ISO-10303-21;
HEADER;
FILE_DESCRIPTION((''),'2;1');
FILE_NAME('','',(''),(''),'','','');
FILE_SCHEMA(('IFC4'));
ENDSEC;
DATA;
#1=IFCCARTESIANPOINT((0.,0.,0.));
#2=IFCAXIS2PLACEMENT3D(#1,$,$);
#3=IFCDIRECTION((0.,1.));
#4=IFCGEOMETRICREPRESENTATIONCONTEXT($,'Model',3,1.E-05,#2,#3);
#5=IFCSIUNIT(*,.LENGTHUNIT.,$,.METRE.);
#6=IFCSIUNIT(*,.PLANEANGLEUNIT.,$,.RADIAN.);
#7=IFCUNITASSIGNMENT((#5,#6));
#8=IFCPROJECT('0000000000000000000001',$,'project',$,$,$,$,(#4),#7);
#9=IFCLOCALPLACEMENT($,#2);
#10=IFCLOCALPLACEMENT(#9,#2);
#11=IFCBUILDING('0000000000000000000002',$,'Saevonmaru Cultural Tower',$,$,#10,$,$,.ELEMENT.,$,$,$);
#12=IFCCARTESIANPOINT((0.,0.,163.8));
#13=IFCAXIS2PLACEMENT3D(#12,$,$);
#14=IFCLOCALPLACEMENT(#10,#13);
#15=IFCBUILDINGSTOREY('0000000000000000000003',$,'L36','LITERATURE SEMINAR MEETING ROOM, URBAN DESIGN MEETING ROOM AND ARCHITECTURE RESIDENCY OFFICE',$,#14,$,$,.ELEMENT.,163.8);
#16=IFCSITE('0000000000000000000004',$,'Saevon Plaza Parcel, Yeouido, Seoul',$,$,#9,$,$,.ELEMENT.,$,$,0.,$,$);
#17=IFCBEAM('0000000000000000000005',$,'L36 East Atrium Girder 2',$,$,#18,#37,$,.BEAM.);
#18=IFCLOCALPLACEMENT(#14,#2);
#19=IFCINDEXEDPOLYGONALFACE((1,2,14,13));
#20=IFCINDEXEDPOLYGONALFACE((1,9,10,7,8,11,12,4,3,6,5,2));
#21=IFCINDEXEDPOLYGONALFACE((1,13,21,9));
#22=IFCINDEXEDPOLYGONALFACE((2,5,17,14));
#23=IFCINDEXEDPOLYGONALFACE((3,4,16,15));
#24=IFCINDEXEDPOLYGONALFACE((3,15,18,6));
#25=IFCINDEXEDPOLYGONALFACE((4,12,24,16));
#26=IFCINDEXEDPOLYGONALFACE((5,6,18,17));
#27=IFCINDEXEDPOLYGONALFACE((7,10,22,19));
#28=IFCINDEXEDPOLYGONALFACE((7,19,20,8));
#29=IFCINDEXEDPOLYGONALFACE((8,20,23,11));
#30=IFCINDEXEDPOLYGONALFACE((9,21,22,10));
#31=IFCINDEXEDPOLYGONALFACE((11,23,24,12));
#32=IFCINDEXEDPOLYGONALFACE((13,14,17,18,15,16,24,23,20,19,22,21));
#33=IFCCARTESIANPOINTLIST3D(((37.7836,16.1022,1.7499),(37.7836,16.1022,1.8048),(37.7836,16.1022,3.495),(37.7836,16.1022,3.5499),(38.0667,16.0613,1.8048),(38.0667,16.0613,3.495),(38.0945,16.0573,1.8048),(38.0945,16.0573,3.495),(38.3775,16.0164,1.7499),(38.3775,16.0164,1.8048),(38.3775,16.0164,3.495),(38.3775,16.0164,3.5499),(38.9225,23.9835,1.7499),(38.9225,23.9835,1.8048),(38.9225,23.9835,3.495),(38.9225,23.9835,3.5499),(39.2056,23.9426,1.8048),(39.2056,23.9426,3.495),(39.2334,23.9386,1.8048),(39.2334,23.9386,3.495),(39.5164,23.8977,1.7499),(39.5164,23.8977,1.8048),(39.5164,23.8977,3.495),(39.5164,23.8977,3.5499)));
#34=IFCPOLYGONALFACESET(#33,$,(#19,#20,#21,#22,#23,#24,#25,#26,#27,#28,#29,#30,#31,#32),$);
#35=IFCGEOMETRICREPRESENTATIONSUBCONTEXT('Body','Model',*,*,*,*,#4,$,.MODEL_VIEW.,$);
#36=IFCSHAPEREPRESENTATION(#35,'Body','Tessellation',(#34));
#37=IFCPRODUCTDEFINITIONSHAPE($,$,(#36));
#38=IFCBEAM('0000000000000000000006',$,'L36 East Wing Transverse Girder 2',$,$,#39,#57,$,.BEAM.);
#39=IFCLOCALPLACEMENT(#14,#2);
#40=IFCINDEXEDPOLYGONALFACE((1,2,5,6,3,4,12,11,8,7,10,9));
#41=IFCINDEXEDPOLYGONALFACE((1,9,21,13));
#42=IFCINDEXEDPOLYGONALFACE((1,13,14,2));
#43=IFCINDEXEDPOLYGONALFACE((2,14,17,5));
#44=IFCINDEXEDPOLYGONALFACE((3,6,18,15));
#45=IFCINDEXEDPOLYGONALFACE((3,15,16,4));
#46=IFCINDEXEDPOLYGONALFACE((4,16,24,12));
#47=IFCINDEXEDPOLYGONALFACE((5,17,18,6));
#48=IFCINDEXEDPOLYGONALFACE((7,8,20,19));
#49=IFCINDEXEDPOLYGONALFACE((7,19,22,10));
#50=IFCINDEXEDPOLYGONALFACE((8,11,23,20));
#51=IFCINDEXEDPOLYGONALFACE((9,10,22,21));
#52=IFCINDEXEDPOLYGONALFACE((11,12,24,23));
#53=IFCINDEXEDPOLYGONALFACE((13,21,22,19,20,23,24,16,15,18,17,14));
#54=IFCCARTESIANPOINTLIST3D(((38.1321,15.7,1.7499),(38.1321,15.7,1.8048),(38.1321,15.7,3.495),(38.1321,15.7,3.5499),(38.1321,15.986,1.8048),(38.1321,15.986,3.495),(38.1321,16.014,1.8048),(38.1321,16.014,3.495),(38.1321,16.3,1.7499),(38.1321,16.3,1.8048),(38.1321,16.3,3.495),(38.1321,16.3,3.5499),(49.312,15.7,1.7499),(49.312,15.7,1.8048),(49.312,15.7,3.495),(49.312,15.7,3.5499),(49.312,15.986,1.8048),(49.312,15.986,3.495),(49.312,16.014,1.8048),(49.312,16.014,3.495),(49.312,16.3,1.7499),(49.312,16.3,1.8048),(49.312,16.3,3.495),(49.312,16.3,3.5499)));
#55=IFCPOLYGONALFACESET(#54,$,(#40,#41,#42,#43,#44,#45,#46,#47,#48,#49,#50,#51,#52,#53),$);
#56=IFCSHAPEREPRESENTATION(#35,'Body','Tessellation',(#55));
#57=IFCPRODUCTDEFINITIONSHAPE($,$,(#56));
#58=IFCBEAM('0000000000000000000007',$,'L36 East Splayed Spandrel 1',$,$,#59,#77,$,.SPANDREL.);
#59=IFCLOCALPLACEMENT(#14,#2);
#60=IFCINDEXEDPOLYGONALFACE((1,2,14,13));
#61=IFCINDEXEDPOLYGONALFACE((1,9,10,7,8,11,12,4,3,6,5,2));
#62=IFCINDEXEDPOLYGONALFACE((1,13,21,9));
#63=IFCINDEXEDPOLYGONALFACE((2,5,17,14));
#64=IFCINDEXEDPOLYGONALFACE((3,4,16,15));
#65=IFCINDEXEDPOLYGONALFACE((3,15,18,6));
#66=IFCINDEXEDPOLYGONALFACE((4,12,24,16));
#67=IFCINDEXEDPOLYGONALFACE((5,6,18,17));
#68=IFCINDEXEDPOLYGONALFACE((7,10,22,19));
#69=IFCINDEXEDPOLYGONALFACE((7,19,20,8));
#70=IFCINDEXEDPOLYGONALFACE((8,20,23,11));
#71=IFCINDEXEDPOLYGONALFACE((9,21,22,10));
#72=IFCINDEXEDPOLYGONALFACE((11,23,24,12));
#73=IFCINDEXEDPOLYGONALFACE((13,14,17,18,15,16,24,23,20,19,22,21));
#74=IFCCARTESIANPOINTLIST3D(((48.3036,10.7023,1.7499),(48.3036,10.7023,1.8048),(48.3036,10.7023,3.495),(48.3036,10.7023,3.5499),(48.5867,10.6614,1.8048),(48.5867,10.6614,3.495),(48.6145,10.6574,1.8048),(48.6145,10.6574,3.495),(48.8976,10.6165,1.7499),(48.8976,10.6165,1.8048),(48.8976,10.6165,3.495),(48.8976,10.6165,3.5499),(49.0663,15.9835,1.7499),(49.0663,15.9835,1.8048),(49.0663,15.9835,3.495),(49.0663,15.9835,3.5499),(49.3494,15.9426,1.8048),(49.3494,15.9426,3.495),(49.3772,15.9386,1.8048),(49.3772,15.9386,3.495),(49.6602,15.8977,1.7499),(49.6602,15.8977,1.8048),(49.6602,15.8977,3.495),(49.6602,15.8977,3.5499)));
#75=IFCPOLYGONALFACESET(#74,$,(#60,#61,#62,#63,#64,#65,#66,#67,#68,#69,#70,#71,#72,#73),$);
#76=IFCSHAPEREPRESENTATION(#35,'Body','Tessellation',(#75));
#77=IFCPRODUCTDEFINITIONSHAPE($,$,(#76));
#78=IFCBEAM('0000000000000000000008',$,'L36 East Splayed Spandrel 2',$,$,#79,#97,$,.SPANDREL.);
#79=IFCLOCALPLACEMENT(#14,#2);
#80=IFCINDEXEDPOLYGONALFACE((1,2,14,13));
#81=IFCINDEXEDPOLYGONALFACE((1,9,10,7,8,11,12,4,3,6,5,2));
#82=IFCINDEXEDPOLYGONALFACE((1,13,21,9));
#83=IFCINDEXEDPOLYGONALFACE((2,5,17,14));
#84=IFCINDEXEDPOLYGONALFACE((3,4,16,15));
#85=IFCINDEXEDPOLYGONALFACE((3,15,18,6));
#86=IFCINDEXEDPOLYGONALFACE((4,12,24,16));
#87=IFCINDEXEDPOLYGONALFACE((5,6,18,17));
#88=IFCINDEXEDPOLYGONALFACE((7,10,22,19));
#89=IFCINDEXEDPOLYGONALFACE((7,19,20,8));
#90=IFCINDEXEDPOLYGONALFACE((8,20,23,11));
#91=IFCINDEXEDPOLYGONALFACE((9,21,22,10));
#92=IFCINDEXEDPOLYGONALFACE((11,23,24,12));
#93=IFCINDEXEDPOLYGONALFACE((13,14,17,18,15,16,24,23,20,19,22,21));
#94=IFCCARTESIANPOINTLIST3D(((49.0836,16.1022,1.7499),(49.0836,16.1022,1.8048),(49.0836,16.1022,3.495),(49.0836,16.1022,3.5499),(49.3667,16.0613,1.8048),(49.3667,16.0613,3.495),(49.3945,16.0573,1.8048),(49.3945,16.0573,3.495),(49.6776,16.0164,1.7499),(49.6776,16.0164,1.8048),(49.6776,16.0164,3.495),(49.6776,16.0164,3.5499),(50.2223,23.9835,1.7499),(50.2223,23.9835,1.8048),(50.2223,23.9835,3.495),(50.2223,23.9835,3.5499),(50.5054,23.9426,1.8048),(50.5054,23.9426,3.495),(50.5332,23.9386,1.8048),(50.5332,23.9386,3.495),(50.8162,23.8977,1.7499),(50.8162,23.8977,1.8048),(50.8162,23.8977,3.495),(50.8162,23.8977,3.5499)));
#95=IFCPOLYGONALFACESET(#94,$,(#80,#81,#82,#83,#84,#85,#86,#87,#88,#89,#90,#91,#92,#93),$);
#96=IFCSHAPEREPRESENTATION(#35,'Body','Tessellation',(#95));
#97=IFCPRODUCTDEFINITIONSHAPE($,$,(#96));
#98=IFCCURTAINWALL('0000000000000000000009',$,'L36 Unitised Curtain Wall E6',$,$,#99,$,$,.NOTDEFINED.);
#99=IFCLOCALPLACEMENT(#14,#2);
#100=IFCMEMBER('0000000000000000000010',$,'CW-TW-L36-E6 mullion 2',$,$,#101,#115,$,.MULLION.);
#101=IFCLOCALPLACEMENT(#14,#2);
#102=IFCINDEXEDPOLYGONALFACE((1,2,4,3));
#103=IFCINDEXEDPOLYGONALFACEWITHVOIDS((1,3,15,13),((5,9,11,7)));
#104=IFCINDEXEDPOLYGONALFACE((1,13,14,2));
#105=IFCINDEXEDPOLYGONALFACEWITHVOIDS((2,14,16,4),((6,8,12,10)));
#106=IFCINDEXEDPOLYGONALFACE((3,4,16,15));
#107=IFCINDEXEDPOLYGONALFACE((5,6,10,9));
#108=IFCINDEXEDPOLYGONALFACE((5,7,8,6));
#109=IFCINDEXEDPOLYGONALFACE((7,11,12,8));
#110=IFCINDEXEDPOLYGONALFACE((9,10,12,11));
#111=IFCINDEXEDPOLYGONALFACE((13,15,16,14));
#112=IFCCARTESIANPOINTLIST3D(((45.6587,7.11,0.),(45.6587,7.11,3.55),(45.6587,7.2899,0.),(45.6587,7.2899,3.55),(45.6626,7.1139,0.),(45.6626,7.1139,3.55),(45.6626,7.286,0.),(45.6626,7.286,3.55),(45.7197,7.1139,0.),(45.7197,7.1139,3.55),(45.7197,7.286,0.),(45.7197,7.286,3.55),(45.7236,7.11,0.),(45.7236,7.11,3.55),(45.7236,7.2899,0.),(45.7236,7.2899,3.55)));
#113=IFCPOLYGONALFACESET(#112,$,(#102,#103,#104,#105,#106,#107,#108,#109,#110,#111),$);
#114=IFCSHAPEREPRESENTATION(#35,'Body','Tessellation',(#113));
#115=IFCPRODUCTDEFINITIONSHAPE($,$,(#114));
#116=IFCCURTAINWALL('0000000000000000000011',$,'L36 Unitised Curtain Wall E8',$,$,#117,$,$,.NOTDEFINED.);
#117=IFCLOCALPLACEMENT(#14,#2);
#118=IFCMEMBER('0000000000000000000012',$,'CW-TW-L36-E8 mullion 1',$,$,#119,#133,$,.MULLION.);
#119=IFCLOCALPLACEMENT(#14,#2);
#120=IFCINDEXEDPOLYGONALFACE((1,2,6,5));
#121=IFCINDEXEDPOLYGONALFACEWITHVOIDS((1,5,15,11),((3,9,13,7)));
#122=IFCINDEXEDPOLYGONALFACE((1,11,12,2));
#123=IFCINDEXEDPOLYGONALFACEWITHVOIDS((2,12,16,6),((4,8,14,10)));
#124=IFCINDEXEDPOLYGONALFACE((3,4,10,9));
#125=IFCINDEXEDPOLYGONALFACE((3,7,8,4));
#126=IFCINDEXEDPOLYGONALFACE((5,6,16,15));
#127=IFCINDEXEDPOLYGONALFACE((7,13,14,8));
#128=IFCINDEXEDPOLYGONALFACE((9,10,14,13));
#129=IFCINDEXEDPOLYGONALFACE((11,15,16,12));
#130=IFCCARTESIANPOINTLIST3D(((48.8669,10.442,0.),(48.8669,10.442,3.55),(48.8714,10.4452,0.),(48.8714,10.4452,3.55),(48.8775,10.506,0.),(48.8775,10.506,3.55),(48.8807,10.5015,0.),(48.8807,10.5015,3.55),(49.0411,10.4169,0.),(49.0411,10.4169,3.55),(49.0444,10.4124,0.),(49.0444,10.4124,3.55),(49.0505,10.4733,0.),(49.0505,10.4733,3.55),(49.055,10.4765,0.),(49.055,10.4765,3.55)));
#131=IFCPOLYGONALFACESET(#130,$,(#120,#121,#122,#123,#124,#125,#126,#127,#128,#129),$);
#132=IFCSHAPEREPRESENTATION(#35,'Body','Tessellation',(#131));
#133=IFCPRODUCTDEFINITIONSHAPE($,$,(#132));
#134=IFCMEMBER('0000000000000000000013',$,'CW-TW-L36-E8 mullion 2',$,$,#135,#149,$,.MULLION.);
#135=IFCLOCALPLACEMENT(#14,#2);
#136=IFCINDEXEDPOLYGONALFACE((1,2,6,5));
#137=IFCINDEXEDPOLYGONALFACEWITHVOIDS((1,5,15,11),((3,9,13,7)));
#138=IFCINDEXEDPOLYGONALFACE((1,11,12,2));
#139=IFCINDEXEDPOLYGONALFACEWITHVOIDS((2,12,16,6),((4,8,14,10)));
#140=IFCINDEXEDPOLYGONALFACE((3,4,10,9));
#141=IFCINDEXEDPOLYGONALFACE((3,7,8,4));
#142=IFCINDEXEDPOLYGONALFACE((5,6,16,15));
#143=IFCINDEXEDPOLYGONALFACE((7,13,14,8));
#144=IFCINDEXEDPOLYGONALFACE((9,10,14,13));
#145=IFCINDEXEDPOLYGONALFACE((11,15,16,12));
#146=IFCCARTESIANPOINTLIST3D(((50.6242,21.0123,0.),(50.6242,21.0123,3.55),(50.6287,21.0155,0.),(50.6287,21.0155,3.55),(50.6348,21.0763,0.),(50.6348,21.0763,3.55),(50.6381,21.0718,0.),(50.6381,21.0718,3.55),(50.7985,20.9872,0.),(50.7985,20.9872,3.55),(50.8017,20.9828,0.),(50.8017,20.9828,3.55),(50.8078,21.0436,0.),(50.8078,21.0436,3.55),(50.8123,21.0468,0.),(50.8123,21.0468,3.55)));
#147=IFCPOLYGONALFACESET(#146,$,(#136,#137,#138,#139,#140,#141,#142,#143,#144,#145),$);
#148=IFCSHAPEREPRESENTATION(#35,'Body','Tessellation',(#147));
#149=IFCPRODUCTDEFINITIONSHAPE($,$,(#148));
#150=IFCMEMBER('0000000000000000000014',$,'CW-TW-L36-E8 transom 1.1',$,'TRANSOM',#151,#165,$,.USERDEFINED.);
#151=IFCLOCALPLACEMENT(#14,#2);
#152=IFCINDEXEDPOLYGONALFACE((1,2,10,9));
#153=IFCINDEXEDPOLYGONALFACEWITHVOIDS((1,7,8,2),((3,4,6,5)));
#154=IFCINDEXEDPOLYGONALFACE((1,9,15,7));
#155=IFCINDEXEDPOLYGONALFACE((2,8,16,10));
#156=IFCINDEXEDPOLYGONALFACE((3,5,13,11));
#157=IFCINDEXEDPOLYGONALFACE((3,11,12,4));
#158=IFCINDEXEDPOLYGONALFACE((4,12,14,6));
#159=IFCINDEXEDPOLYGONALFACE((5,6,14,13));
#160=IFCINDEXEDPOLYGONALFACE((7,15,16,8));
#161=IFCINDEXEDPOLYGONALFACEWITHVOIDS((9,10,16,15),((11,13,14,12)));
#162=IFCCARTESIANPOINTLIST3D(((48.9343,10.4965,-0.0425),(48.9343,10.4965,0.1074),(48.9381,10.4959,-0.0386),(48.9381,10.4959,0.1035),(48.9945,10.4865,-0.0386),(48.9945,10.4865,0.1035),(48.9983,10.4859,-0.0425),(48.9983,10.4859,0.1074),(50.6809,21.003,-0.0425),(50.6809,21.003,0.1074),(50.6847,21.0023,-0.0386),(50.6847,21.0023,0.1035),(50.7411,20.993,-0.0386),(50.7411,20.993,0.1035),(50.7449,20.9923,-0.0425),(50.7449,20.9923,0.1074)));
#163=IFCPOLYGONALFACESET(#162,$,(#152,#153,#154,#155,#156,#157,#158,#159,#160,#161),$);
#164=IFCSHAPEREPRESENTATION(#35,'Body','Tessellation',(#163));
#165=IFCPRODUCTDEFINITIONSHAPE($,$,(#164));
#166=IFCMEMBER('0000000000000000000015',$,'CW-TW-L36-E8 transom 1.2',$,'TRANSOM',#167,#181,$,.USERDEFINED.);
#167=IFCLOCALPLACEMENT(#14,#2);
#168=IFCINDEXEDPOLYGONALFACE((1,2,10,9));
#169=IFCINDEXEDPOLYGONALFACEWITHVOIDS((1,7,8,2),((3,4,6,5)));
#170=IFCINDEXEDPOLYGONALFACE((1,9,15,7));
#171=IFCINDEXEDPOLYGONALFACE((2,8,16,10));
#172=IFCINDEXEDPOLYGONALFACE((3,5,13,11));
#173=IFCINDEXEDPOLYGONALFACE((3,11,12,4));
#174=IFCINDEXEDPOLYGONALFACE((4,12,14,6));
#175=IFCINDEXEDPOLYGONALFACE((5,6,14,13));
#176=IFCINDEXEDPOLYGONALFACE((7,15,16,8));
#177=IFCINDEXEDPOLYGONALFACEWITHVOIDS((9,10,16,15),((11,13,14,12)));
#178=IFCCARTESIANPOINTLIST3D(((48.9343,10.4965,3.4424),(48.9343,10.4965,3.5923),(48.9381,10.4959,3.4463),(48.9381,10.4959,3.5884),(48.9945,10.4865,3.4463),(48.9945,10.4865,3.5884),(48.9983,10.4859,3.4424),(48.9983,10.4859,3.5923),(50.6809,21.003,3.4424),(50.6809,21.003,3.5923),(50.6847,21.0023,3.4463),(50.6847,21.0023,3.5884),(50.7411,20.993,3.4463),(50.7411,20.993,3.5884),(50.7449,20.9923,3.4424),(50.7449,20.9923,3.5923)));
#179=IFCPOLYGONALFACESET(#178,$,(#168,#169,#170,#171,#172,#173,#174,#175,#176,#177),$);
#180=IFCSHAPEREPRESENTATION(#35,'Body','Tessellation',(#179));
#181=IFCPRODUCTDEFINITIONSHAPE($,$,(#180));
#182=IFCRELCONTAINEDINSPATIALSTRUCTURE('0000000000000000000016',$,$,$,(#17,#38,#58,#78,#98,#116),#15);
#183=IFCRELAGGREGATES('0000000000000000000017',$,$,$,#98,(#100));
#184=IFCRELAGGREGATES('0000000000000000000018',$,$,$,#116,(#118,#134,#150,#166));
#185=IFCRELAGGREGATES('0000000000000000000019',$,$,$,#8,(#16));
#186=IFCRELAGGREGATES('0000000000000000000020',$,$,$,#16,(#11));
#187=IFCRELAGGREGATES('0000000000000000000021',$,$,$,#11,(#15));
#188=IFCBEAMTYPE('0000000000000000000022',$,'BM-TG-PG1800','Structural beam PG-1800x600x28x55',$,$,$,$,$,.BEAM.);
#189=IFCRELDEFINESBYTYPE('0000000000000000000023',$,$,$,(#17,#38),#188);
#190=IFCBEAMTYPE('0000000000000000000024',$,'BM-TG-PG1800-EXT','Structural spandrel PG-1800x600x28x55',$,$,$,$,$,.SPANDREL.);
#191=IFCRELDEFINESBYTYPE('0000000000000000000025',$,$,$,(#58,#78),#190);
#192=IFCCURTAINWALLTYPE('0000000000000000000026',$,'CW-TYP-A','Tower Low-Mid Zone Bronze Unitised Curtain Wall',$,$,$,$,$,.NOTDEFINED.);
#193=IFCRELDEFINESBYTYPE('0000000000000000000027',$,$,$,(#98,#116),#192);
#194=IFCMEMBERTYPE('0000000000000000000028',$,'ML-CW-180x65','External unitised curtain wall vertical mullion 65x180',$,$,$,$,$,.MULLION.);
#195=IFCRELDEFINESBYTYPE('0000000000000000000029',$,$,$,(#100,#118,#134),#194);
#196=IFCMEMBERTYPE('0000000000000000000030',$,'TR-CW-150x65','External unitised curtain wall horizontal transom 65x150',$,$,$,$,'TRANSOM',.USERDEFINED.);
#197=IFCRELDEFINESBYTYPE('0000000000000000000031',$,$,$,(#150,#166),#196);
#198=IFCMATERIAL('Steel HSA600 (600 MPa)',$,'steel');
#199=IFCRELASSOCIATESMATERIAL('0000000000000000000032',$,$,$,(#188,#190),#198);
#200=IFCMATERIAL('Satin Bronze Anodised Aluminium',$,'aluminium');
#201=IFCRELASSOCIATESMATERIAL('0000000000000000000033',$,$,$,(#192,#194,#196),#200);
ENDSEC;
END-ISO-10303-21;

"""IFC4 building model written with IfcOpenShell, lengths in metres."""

from ifc_helpers import new_model, si_unit, direction, frame, origin, origin_2d, place, context, subcontext, project, spatial, hollow_rectangle, i_section, extrude, material, material_profile, profile_set, type_object, element, aggregate, save


model = new_model("IFC4")

# Units and contexts
model_context = context("Model", 3, precision=1e-05, world=origin(), true_north=direction((0.0, 1.0)))
body_context = subcontext(model_context, "Body", "Model", "MODEL_VIEW")
ifc_project = project(units=[si_unit("LENGTHUNIT", "METRE"), si_unit("PLANEANGLEUNIT", "RADIAN")], contexts=[model_context])

# Site, building, storey
site_placement = place(None, origin())
site = spatial("IfcSite", under=ifc_project, at=site_placement, Name="Saevon Plaza Parcel, Yeouido, Seoul", CompositionType="ELEMENT", RefElevation=0.0)
building_placement = place(site_placement, origin())
building = spatial("IfcBuilding", under=site, at=building_placement, Name="Saevonmaru Cultural Tower", CompositionType="ELEMENT")
storey_placement = place(building_placement, frame((0.0, 0.0, 163.8)))
storey = spatial("IfcBuildingStorey", under=building, at=storey_placement, Name="L36", Description="LITERATURE SEMINAR MEETING ROOM, URBAN DESIGN MEETING ROOM AND ARCHITECTURE RESIDENCY OFFICE", CompositionType="ELEMENT", Elevation=163.8)

# Beams
ifc_material_1 = material(Name="Steel HSA600 (600 MPa)", Category="steel")
ifc_material_profile_1 = material_profile(ifc_material_1, i_section(OverallWidth=0.6001, OverallDepth=1.8, WebThickness=0.0281, FlangeThickness=0.0549, at=origin_2d()), Name="PG-1800x600x28x55")
ifc_profile_set_1 = profile_set([ifc_material_profile_1], Name="Steel HSA600 (600 MPa)")
beam_type_1 = type_object("IfcBeamType", Name="BM-TG-PG1800", Description="Structural beam PG-1800x600x28x55", PredefinedType="BEAM", material=ifc_profile_set_1)
beam_1_placement = place(storey_placement, frame((38.0806, 16.0593, 2.6499), z_axis=(0.143022, 0.989719, 0.0), x_axis=(-0.989719, 0.143022, 0.0)))
element("IfcBeam", 1, at=beam_1_placement, inside=storey, type_object=beam_type_1, Name="L36 East Atrium Girder 2", PredefinedType="BEAM", context=body_context, shape_type="SweptSolid", body=[
    extrude(i_section(OverallWidth=0.6001, OverallDepth=1.8, WebThickness=0.0281, FlangeThickness=0.0549, at=origin_2d()), origin(), (0.0, 0.0, 1.0), 7.9631),
])
beam_2_placement = place(storey_placement, frame((38.1321, 16.0, 2.6499), z_axis=(1.0, 0.0, 0.0), x_axis=(0.0, 1.0, 0.0)))
element("IfcBeam", 2, at=beam_2_placement, inside=storey, type_object=beam_type_1, Name="L36 East Wing Transverse Girder 2", PredefinedType="BEAM", context=body_context, shape_type="SweptSolid", body=[
    extrude(i_section(OverallWidth=0.6001, OverallDepth=1.8, WebThickness=0.0281, FlangeThickness=0.0549, at=origin_2d()), origin(), (0.0, 0.0, 1.0), 11.1799),
])
ifc_material_profile_2 = material_profile(ifc_material_1, i_section(OverallWidth=0.6001, OverallDepth=1.8, WebThickness=0.0281, FlangeThickness=0.0549, at=origin_2d()), Name="PG-1800x600x28x55")
ifc_profile_set_2 = profile_set([ifc_material_profile_2], Name="Steel HSA600 (600 MPa)")
beam_type_2 = type_object("IfcBeamType", Name="BM-TG-PG1800-EXT", Description="Structural spandrel PG-1800x600x28x55", PredefinedType="SPANDREL", material=ifc_profile_set_2)
beam_3_placement = place(storey_placement, frame((48.6006, 10.6594, 2.6499), z_axis=(0.142933, 0.989732, 0.0), x_axis=(-0.989732, 0.142933, 0.0)))
element("IfcBeam", 3, at=beam_3_placement, inside=storey, type_object=beam_type_2, Name="L36 East Splayed Spandrel 1", PredefinedType="SPANDREL", context=body_context, shape_type="SweptSolid", body=[
    extrude(i_section(OverallWidth=0.6001, OverallDepth=1.8, WebThickness=0.0281, FlangeThickness=0.0549, at=origin_2d()), origin(), (0.0, 0.0, 1.0), 5.3359),
])
beam_4_placement = place(storey_placement, frame((49.3806, 16.0593, 2.6499), z_axis=(0.142992, 0.989724, 0.0), x_axis=(-0.989724, 0.142992, 0.0)))
element("IfcBeam", 4, at=beam_4_placement, inside=storey, type_object=beam_type_2, Name="L36 East Splayed Spandrel 2", PredefinedType="SPANDREL", context=body_context, shape_type="SweptSolid", body=[
    extrude(i_section(OverallWidth=0.6001, OverallDepth=1.8, WebThickness=0.0281, FlangeThickness=0.0549, at=origin_2d()), origin(), (0.0, 0.0, 1.0), 7.9631),
])

# Curtain wall, member
ifc_material_2 = material(Name="Satin Bronze Anodised Aluminium", Category="aluminium")
curtain_wall_type = type_object("IfcCurtainWallType", Name="CW-TYP-A", Description="Tower Low-Mid Zone Bronze Unitised Curtain Wall", PredefinedType="NOTDEFINED", material=ifc_material_2)
curtain_wall_1_placement = place(storey_placement, origin())
curtain_wall_1 = element("IfcCurtainWall", 5, at=curtain_wall_1_placement, inside=storey, type_object=curtain_wall_type, Name="L36 Unitised Curtain Wall E6", PredefinedType="NOTDEFINED")
ifc_material_profile_3 = material_profile(ifc_material_2, hollow_rectangle(XDim=0.0649, YDim=0.1799, WallThickness=0.0039, at=origin_2d()), Name="ALU-MULL-180x65x4")
ifc_profile_set_3 = profile_set([ifc_material_profile_3], Name="Satin Bronze Anodised Aluminium")
member_type_1 = type_object("IfcMemberType", Name="ML-CW-180x65", Description="External unitised curtain wall vertical mullion 65x180", PredefinedType="MULLION", material=ifc_profile_set_3)
member_1_placement = place(storey_placement, frame((45.6912, 7.2, 0.0), z_axis=(0.0, 0.0, 1.0), x_axis=(1.0, 0.0, 0.0)))
member_1 = element("IfcMember", 6, at=member_1_placement, type_object=member_type_1, Name="CW-TW-L36-E6 mullion 2", PredefinedType="MULLION", context=body_context, shape_type="SweptSolid", body=[
    extrude(hollow_rectangle(XDim=0.0649, YDim=0.1799, WallThickness=0.0039, at=origin_2d()), origin(), (0.0, 0.0, 1.0), 3.55),
])

# Curtain wall, members
curtain_wall_2_placement = place(storey_placement, origin())
curtain_wall_2 = element("IfcCurtainWall", 7, at=curtain_wall_2_placement, inside=storey, type_object=curtain_wall_type, Name="L36 Unitised Curtain Wall E8", PredefinedType="NOTDEFINED")
member_2_placement = place(storey_placement, frame((48.9609, 10.4592, 0.0), z_axis=(0.0, 0.0, 1.0), x_axis=(0.163999, 0.986461, 0.0)))
member_2 = element("IfcMember", 8, at=member_2_placement, type_object=member_type_1, Name="CW-TW-L36-E8 mullion 1", PredefinedType="MULLION", context=body_context, shape_type="SweptSolid", body=[
    extrude(hollow_rectangle(XDim=0.0649, YDim=0.1799, WallThickness=0.0039, at=origin_2d()), origin(), (0.0, 0.0, 1.0), 3.55),
])
member_3_placement = place(storey_placement, frame((50.7183, 21.0295, 0.0), z_axis=(0.0, 0.0, 1.0), x_axis=(0.163999, 0.986461, 0.0)))
member_3 = element("IfcMember", 9, at=member_3_placement, type_object=member_type_1, Name="CW-TW-L36-E8 mullion 2", PredefinedType="MULLION", context=body_context, shape_type="SweptSolid", body=[
    extrude(hollow_rectangle(XDim=0.0649, YDim=0.1799, WallThickness=0.0039, at=origin_2d()), origin(), (0.0, 0.0, 1.0), 3.55),
])
ifc_material_profile_4 = material_profile(ifc_material_2, hollow_rectangle(XDim=0.0649, YDim=0.1499, WallThickness=0.0039, at=origin_2d()), Name="ALU-TRAN-150x65x4")
ifc_profile_set_4 = profile_set([ifc_material_profile_4], Name="Satin Bronze Anodised Aluminium")
member_type_2 = type_object("IfcMemberType", Name="TR-CW-150x65", Description="External unitised curtain wall horizontal transom 65x150", ElementType="TRANSOM", PredefinedType="USERDEFINED", material=ifc_profile_set_4)
member_4_placement = place(storey_placement, frame((48.9663, 10.4912, 0.0325), z_axis=(0.16399, 0.986462, 0.0), x_axis=(-0.986462, 0.16399, 0.0)))
member_4 = element("IfcMember", 10, at=member_4_placement, type_object=member_type_2, Name="CW-TW-L36-E8 transom 1.1", ObjectType="TRANSOM", PredefinedType="USERDEFINED", context=body_context, shape_type="SweptSolid", body=[
    extrude(hollow_rectangle(XDim=0.0649, YDim=0.1499, WallThickness=0.0039, at=origin_2d()), origin(), (0.0, 0.0, 1.0), 10.6506),
])
member_5_placement = place(storey_placement, frame((48.9663, 10.4912, 3.5173), z_axis=(0.16399, 0.986462, 0.0), x_axis=(-0.986462, 0.16399, 0.0)))
member_5 = element("IfcMember", 11, at=member_5_placement, type_object=member_type_2, Name="CW-TW-L36-E8 transom 1.2", ObjectType="TRANSOM", PredefinedType="USERDEFINED", context=body_context, shape_type="SweptSolid", body=[
    extrude(hollow_rectangle(XDim=0.0649, YDim=0.1499, WallThickness=0.0039, at=origin_2d()), origin(), (0.0, 0.0, 1.0), 10.6506),
])

aggregate(curtain_wall_1, [member_1])
aggregate(curtain_wall_2, [member_2, member_3, member_4, member_5])

save(model, "model.ifc")
